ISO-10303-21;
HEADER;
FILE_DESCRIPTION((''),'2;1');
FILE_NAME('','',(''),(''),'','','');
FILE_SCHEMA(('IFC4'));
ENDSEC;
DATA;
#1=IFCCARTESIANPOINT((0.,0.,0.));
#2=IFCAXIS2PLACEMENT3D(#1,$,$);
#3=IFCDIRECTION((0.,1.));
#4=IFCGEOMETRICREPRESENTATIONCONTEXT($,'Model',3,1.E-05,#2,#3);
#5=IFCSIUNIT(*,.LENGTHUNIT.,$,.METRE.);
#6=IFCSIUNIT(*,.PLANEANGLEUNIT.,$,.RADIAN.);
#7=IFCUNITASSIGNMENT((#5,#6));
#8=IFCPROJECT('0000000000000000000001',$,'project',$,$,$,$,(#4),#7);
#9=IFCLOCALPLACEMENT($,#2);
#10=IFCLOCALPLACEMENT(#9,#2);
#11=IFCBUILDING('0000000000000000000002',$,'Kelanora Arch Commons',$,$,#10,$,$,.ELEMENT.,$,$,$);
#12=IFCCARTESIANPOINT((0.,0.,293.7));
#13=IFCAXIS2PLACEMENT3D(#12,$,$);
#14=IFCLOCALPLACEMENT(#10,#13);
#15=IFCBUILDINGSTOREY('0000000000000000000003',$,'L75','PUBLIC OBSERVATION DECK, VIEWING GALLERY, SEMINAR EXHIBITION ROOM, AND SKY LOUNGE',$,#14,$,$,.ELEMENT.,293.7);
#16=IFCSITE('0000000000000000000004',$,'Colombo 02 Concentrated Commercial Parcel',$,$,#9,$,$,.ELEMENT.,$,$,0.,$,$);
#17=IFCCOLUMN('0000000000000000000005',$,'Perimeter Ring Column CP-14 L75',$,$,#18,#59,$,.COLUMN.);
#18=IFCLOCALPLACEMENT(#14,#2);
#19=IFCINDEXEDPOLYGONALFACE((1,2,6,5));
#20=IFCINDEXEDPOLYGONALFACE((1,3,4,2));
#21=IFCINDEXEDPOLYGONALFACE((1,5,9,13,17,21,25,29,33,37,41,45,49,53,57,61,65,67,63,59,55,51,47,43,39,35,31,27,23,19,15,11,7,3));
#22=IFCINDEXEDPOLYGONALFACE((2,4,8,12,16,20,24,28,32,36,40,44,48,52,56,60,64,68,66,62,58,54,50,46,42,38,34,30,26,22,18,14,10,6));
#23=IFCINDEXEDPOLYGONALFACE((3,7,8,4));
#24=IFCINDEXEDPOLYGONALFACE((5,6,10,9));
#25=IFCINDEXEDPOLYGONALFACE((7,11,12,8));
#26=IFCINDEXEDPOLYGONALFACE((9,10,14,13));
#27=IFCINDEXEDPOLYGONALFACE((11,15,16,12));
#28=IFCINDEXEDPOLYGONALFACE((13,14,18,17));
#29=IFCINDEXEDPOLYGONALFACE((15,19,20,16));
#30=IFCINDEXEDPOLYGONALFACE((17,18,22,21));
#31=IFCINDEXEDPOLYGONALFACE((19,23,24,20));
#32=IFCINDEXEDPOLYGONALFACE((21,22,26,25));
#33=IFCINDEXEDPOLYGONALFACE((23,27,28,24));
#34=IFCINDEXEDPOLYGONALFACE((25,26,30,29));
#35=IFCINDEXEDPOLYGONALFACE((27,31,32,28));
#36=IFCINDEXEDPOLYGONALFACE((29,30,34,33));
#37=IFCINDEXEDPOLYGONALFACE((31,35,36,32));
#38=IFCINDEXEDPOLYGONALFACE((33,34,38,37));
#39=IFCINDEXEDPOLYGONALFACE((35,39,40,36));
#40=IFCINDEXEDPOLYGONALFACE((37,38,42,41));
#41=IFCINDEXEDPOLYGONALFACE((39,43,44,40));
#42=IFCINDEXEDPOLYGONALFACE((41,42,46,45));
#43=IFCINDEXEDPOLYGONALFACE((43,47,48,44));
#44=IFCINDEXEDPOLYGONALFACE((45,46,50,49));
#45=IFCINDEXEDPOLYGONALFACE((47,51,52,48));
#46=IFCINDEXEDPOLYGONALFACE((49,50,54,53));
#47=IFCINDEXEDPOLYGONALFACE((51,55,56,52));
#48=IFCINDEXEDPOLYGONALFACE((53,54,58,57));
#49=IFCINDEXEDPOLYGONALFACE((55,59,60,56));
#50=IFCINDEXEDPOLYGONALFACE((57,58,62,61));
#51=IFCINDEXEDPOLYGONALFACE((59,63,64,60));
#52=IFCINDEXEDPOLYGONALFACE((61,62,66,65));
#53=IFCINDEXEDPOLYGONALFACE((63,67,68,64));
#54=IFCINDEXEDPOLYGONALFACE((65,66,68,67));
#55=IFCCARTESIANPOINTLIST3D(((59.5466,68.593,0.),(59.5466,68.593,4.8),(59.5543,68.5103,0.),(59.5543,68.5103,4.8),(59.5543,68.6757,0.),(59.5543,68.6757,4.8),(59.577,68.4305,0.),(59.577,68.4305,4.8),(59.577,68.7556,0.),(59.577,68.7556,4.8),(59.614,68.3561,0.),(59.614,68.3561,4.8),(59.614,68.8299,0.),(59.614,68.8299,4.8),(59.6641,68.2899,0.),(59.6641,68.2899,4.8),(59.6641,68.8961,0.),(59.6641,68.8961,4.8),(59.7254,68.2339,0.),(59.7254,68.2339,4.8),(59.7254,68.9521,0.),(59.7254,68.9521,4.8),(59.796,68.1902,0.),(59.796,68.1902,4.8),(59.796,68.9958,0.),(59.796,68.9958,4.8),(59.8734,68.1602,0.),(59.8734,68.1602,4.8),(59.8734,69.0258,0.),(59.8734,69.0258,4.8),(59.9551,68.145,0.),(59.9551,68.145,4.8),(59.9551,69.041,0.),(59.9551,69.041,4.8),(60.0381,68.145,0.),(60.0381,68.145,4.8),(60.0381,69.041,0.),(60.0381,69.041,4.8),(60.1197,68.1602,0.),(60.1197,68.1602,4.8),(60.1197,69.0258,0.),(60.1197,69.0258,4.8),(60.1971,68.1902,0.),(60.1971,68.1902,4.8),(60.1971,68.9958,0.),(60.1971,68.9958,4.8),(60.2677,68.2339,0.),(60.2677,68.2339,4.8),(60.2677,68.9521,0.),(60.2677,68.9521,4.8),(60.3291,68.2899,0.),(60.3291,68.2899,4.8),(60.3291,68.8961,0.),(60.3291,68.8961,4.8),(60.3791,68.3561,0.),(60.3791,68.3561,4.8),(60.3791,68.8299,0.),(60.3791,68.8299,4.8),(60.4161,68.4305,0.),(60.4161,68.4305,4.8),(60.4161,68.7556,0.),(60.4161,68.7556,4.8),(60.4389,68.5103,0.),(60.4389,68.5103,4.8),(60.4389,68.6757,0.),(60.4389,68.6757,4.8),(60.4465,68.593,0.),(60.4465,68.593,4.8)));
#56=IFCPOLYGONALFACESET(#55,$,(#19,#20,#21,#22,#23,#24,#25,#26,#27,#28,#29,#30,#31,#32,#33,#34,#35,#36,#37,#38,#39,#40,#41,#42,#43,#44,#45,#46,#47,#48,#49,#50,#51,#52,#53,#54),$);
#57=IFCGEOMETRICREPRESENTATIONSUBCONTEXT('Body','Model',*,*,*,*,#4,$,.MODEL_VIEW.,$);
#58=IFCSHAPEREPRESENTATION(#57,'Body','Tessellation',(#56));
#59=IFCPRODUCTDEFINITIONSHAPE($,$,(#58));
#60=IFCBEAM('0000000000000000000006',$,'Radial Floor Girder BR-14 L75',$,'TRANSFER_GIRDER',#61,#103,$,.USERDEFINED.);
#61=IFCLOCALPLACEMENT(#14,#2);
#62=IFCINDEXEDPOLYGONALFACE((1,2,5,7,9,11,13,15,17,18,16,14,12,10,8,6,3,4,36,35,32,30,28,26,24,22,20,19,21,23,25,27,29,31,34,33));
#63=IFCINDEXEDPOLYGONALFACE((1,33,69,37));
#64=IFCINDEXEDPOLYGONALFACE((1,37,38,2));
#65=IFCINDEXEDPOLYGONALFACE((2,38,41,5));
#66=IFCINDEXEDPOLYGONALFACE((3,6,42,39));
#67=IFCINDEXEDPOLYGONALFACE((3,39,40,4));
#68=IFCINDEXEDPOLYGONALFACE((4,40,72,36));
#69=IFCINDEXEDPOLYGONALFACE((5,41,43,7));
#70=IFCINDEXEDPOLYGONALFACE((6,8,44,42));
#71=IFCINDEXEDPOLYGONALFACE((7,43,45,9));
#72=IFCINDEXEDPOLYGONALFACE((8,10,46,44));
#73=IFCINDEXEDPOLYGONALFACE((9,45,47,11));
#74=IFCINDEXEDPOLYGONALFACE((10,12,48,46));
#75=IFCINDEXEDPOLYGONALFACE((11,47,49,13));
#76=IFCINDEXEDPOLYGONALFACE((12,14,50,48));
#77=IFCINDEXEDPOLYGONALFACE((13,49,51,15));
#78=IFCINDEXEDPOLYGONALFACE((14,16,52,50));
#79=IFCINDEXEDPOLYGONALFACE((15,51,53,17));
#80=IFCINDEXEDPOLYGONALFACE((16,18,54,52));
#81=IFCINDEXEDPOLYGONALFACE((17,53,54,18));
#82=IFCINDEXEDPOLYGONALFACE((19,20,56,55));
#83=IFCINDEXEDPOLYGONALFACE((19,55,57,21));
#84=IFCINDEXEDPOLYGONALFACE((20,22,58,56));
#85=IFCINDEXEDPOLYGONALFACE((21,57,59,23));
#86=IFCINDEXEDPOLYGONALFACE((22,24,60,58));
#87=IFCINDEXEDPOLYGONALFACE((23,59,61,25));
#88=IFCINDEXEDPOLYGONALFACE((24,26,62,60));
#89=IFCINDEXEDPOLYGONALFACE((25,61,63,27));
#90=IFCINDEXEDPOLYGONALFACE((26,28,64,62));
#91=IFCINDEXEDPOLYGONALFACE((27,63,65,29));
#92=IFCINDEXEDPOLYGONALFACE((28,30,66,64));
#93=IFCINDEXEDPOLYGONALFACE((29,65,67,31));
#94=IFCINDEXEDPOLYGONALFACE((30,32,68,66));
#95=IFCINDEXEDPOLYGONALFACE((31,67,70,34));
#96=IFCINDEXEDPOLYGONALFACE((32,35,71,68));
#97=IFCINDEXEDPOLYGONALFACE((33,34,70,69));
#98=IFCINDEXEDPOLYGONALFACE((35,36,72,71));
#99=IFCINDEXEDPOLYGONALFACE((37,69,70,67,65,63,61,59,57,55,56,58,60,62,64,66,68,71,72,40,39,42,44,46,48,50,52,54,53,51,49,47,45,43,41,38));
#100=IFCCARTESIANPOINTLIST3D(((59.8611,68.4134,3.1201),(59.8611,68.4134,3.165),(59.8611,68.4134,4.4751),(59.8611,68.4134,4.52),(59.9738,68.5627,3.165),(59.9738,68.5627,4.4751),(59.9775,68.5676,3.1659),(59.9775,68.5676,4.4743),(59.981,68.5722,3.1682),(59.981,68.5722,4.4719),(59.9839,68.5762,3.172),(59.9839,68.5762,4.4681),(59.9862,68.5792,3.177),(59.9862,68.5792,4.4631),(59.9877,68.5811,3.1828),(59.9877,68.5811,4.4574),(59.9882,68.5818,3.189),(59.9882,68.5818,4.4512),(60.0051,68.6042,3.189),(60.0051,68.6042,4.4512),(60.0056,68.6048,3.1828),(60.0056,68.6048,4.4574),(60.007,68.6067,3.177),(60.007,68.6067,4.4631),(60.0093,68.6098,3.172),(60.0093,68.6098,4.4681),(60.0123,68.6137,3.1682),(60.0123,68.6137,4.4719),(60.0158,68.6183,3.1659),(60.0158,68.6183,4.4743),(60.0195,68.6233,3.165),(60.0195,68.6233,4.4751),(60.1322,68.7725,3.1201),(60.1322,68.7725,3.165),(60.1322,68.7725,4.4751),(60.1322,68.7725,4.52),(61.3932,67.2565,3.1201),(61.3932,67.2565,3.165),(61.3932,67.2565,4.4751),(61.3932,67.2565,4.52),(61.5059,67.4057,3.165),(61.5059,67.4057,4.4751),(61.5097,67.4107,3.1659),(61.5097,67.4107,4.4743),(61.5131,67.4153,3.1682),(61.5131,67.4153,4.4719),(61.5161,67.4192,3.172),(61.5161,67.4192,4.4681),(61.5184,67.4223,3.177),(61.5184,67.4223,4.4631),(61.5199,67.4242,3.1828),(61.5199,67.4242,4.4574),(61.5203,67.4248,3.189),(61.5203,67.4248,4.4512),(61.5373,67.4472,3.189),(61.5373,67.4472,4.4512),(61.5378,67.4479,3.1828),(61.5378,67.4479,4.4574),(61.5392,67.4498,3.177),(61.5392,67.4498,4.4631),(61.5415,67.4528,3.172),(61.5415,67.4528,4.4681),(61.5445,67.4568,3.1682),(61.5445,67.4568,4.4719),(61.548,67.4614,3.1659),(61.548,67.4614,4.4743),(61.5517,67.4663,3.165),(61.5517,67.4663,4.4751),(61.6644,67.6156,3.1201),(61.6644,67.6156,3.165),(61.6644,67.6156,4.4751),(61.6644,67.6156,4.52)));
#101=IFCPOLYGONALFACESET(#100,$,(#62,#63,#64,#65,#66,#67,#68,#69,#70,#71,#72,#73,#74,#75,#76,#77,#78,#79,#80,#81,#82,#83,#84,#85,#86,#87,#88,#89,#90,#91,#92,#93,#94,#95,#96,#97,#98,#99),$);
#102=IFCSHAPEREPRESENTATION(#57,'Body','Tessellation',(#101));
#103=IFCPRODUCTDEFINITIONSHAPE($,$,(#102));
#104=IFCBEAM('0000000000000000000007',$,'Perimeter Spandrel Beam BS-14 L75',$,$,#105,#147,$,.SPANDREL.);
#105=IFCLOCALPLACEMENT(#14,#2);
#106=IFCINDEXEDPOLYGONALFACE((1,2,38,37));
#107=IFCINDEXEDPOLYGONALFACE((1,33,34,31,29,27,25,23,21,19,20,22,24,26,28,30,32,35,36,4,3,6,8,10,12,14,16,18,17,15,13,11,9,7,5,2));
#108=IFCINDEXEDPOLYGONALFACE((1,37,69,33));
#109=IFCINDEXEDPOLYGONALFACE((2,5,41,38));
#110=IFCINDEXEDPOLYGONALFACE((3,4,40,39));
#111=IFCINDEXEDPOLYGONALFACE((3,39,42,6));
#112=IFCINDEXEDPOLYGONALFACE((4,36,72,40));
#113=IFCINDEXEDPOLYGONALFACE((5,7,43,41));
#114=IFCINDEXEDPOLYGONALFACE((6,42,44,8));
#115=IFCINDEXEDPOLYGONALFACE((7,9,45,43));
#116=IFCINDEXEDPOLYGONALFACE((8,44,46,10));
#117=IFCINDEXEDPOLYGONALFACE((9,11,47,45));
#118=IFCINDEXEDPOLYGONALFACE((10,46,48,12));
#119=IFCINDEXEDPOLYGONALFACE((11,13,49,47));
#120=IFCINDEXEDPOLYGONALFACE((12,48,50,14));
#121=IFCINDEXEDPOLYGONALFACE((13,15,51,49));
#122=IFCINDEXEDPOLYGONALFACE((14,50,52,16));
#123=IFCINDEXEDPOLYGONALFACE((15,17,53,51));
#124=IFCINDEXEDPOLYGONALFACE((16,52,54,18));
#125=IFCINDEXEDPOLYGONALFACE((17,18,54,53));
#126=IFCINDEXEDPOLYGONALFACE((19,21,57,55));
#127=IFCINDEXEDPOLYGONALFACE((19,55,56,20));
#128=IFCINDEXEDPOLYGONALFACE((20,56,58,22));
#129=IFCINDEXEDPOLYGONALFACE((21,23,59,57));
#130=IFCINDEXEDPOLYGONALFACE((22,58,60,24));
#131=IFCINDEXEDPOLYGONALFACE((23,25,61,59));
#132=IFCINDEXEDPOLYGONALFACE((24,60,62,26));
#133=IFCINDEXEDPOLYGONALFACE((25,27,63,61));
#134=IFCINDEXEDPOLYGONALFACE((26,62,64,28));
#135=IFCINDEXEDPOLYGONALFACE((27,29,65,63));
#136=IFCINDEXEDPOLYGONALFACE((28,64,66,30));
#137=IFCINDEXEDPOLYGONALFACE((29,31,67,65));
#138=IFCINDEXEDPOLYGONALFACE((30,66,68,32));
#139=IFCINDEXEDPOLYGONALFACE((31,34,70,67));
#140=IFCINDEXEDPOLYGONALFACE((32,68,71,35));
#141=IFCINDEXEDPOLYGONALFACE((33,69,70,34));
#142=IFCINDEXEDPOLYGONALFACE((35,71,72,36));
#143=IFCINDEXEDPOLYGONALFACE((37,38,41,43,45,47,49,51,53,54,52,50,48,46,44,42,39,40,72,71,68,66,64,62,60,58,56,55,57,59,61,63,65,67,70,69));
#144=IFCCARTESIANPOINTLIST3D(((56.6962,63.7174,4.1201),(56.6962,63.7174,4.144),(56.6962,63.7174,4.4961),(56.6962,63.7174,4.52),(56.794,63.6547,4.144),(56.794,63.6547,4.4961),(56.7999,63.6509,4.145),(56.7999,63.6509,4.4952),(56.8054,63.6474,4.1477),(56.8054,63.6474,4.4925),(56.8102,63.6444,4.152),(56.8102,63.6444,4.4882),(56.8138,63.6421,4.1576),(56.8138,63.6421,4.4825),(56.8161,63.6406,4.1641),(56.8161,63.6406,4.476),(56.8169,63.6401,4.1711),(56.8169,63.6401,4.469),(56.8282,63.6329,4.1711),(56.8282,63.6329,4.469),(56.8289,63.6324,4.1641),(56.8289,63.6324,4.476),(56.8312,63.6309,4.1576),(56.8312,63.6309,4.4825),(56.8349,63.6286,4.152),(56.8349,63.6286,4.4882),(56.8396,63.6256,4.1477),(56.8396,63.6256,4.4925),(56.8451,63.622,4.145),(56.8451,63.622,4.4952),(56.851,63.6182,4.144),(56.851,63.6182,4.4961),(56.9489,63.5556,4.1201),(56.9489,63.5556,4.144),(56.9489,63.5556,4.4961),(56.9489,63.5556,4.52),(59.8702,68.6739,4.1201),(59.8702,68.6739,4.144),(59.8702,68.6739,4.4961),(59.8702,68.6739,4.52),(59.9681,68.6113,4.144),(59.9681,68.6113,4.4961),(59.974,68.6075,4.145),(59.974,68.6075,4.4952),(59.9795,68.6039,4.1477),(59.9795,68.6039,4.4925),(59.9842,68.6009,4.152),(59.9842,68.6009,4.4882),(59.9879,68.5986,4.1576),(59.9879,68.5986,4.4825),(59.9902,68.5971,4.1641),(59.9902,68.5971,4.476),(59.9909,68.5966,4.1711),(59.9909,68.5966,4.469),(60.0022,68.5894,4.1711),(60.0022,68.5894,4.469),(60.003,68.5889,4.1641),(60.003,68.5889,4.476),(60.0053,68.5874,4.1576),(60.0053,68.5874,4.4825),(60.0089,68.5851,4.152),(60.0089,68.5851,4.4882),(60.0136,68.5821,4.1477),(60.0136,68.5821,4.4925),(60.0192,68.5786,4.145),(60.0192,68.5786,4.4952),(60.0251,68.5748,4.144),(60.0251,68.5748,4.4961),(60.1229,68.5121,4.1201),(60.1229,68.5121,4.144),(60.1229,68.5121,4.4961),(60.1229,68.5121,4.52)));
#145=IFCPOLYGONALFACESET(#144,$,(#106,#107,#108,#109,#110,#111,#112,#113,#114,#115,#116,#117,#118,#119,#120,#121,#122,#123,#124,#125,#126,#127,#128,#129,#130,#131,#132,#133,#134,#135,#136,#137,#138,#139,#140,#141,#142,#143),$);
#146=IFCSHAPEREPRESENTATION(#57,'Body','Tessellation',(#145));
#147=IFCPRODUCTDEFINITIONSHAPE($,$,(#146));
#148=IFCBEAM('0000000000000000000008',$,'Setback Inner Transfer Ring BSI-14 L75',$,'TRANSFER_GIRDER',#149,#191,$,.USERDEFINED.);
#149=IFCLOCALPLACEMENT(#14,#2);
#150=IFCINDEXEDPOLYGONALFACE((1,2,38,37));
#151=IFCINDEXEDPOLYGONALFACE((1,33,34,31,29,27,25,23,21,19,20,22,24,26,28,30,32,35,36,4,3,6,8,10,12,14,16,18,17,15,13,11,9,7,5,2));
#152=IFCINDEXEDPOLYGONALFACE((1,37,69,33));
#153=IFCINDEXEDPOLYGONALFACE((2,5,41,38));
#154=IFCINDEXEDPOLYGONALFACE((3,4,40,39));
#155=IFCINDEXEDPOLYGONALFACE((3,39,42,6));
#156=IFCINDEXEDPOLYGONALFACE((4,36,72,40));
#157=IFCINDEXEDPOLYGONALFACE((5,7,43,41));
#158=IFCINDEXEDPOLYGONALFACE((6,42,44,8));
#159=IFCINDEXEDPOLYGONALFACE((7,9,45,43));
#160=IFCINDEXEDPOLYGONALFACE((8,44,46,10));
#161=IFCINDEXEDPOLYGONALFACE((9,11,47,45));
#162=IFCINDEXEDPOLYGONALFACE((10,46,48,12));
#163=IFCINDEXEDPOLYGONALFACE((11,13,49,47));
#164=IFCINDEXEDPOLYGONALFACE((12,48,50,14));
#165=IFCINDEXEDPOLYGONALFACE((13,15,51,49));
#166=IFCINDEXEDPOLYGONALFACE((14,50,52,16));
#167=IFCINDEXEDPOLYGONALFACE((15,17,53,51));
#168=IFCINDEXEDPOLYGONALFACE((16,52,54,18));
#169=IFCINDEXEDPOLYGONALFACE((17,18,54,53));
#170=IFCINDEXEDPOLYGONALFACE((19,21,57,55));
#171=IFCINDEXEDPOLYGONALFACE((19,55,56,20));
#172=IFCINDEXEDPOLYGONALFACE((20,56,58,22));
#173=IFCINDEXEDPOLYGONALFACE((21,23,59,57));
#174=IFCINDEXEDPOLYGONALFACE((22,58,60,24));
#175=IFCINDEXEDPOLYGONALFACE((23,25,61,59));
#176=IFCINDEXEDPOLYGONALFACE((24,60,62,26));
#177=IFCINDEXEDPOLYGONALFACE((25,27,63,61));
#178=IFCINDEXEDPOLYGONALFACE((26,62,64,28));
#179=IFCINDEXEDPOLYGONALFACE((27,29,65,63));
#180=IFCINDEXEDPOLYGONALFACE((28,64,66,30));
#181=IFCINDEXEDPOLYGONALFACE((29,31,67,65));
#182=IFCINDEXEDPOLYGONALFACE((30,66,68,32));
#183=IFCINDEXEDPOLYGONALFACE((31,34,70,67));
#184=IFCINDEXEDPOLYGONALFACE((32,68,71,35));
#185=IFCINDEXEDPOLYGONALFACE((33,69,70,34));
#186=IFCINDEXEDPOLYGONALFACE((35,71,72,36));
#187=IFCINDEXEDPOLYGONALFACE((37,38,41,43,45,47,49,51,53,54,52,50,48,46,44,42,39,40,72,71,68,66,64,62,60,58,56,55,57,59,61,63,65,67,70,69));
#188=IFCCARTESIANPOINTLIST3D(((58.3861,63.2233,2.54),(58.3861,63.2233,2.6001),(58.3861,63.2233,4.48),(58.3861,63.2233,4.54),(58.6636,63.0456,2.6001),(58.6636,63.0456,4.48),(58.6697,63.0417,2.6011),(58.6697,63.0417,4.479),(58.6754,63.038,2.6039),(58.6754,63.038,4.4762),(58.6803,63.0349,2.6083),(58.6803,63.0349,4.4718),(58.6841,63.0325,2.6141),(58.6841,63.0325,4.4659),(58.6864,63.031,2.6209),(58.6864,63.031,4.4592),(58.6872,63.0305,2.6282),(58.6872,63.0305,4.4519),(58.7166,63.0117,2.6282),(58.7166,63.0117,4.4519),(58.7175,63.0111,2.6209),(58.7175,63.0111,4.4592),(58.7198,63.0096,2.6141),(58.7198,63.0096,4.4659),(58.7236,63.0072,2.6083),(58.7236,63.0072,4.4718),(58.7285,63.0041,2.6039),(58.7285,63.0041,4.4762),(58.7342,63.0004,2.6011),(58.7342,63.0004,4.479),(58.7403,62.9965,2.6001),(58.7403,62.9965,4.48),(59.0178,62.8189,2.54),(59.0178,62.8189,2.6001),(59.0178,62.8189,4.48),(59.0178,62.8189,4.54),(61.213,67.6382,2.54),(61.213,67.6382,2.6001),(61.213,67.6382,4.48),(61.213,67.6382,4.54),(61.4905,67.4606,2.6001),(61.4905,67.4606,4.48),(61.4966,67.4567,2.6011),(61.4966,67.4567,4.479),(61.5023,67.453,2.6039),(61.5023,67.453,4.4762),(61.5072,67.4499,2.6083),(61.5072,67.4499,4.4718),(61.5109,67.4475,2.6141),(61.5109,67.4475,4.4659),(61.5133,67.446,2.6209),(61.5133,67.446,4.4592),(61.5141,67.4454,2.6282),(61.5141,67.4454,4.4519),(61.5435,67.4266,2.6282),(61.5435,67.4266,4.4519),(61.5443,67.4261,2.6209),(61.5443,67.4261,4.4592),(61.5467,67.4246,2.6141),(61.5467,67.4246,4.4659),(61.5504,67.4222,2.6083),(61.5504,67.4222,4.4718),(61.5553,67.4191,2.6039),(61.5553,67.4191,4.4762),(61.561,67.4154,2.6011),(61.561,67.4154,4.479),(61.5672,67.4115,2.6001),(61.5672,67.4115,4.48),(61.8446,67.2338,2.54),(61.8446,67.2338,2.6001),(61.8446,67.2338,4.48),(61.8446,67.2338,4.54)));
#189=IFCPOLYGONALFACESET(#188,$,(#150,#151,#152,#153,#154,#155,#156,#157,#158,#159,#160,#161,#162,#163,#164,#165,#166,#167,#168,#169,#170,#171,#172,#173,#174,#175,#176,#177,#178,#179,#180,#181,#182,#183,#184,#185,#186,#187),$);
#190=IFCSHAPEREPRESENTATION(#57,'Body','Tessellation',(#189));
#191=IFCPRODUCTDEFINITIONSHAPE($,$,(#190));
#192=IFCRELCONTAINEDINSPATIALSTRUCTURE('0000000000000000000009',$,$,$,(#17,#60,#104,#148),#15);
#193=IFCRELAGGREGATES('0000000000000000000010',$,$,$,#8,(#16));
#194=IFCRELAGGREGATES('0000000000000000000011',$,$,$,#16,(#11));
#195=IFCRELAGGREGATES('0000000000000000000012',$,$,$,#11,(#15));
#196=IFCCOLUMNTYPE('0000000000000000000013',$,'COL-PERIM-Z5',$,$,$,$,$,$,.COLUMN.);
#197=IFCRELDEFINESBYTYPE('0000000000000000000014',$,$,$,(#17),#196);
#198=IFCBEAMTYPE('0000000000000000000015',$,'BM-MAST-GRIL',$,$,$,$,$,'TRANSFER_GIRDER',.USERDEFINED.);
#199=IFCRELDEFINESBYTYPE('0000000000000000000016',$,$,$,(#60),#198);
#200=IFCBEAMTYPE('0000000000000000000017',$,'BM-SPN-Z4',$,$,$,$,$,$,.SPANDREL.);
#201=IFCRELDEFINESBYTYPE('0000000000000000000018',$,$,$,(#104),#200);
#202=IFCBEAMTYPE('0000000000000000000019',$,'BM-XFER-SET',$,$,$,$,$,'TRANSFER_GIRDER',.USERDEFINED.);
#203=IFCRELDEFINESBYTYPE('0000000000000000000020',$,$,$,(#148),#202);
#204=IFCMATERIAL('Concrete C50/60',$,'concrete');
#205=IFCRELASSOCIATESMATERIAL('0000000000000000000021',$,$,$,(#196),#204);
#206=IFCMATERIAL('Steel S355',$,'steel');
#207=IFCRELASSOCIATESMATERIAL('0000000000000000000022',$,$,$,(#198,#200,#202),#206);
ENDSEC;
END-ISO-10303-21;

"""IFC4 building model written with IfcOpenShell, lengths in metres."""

from ifc_helpers import new_model, si_unit, direction, frame, origin, origin_2d, place, context, subcontext, project, spatial, circle, i_section, extrude, material, material_profile, profile_set, type_object, element, save


model = new_model("IFC4")

# Units and contexts
model_context = context("Model", 3, precision=1e-05, world=origin(), true_north=direction((0.0, 1.0)))
body_context = subcontext(model_context, "Body", "Model", "MODEL_VIEW")
ifc_project = project(units=[si_unit("LENGTHUNIT", "METRE"), si_unit("PLANEANGLEUNIT", "RADIAN")], contexts=[model_context])

# Site, building, storey
site_placement = place(None, origin())
site = spatial("IfcSite", under=ifc_project, at=site_placement, Name="Colombo 02 Concentrated Commercial Parcel", CompositionType="ELEMENT", RefElevation=0.0)
building_placement = place(site_placement, origin())
building = spatial("IfcBuilding", under=site, at=building_placement, Name="Kelanora Arch Commons", CompositionType="ELEMENT")
storey_placement = place(building_placement, frame((0.0, 0.0, 293.7)))
storey = spatial("IfcBuildingStorey", under=building, at=storey_placement, Name="L75", Description="PUBLIC OBSERVATION DECK, VIEWING GALLERY, SEMINAR EXHIBITION ROOM, AND SKY LOUNGE", CompositionType="ELEMENT", Elevation=293.7)

# Column
ifc_material_1 = material(Name="Concrete C50/60", Category="concrete")
ifc_material_profile_1 = material_profile(ifc_material_1, circle(Radius=0.45, at=origin_2d()), Name="RCC900")
ifc_profile_set_1 = profile_set([ifc_material_profile_1], Name="Concrete C50/60")
column_type = type_object("IfcColumnType", Name="COL-PERIM-Z5", PredefinedType="COLUMN", material=ifc_profile_set_1)
column_placement = place(storey_placement, frame((59.9966, 68.593, 0.0), z_axis=(0.0, 0.0, 1.0), x_axis=(1.0, 0.0, 0.0)))
element("IfcColumn", 1, at=column_placement, inside=storey, type_object=column_type, Name="Perimeter Ring Column CP-14 L75", PredefinedType="COLUMN", context=body_context, shape_type="SweptSolid", body=[
    extrude(circle(Radius=0.45, at=origin_2d()), origin(), (0.0, 0.0, 1.0), 4.8),
])

# Beams
ifc_material_2 = material(Name="Steel S355", Category="steel")
ifc_material_profile_2 = material_profile(ifc_material_2, i_section(OverallWidth=0.45, OverallDepth=1.3999, WebThickness=0.0281, FlangeThickness=0.0449, FilletRadius=0.0239, at=origin_2d()), Name="PG1400x450")
ifc_profile_set_2 = profile_set([ifc_material_profile_2], Name="Steel S355")
beam_type_1 = type_object("IfcBeamType", Name="BM-MAST-GRIL", ElementType="TRANSFER_GIRDER", PredefinedType="USERDEFINED", material=ifc_profile_set_2)
beam_1_placement = place(storey_placement, frame((61.5288, 67.436, 3.8201), z_axis=(-0.798043, 0.602601, 0.0), x_axis=(-0.602601, -0.798043, 0.0)))
element("IfcBeam", 2, at=beam_1_placement, inside=storey, type_object=beam_type_1, Name="Radial Floor Girder BR-14 L75", ObjectType="TRANSFER_GIRDER", PredefinedType="USERDEFINED", context=body_context, shape_type="SweptSolid", body=[
    extrude(i_section(OverallWidth=0.45, OverallDepth=1.3999, WebThickness=0.0281, FlangeThickness=0.0449, FilletRadius=0.0239, at=origin_2d()), origin(), (0.0, 0.0, 1.0), 1.9199),
])
ifc_material_profile_3 = material_profile(ifc_material_2, i_section(OverallWidth=0.3, OverallDepth=0.3999, WebThickness=0.0134, FlangeThickness=0.0239, FilletRadius=0.0271, at=origin_2d()), Name="HEB400")
ifc_profile_set_3 = profile_set([ifc_material_profile_3], Name="Steel S355")
beam_type_2 = type_object("IfcBeamType", Name="BM-SPN-Z4", PredefinedType="SPANDREL", material=ifc_profile_set_3)
beam_2_placement = place(storey_placement, frame((59.9966, 68.593, 4.3201), z_axis=(-0.539281, -0.842126, 0.0), x_axis=(0.842126, -0.539281, 0.0)))
element("IfcBeam", 3, at=beam_2_placement, inside=storey, type_object=beam_type_2, Name="Perimeter Spandrel Beam BS-14 L75", PredefinedType="SPANDREL", context=body_context, shape_type="SweptSolid", body=[
    extrude(i_section(OverallWidth=0.3, OverallDepth=0.3999, WebThickness=0.0134, FlangeThickness=0.0239, FilletRadius=0.0271, at=origin_2d()), origin(), (0.0, 0.0, 1.0), 5.8857),
])
ifc_material_profile_4 = material_profile(ifc_material_2, i_section(OverallWidth=0.75, OverallDepth=2.0, WebThickness=0.0349, FlangeThickness=0.0601, FilletRadius=0.0281, at=origin_2d()), Name="PG2000x750")
ifc_profile_set_4 = profile_set([ifc_material_profile_4], Name="Steel S355")
beam_type_3 = type_object("IfcBeamType", Name="BM-XFER-SET", ElementType="TRANSFER_GIRDER", PredefinedType="USERDEFINED", material=ifc_profile_set_4)
beam_3_placement = place(storey_placement, frame((61.5288, 67.436, 3.54), z_axis=(-0.539227, -0.842161, 0.0), x_axis=(0.842161, -0.539227, 0.0)))
element("IfcBeam", 4, at=beam_3_placement, inside=storey, type_object=beam_type_3, Name="Setback Inner Transfer Ring BSI-14 L75", ObjectType="TRANSFER_GIRDER", PredefinedType="USERDEFINED", context=body_context, shape_type="SweptSolid", body=[
    extrude(i_section(OverallWidth=0.75, OverallDepth=2.0, WebThickness=0.0349, FlangeThickness=0.0601, FilletRadius=0.0281, at=origin_2d()), origin(), (0.0, 0.0, 1.0), 5.2424),
])

save(model, "model.ifc")
